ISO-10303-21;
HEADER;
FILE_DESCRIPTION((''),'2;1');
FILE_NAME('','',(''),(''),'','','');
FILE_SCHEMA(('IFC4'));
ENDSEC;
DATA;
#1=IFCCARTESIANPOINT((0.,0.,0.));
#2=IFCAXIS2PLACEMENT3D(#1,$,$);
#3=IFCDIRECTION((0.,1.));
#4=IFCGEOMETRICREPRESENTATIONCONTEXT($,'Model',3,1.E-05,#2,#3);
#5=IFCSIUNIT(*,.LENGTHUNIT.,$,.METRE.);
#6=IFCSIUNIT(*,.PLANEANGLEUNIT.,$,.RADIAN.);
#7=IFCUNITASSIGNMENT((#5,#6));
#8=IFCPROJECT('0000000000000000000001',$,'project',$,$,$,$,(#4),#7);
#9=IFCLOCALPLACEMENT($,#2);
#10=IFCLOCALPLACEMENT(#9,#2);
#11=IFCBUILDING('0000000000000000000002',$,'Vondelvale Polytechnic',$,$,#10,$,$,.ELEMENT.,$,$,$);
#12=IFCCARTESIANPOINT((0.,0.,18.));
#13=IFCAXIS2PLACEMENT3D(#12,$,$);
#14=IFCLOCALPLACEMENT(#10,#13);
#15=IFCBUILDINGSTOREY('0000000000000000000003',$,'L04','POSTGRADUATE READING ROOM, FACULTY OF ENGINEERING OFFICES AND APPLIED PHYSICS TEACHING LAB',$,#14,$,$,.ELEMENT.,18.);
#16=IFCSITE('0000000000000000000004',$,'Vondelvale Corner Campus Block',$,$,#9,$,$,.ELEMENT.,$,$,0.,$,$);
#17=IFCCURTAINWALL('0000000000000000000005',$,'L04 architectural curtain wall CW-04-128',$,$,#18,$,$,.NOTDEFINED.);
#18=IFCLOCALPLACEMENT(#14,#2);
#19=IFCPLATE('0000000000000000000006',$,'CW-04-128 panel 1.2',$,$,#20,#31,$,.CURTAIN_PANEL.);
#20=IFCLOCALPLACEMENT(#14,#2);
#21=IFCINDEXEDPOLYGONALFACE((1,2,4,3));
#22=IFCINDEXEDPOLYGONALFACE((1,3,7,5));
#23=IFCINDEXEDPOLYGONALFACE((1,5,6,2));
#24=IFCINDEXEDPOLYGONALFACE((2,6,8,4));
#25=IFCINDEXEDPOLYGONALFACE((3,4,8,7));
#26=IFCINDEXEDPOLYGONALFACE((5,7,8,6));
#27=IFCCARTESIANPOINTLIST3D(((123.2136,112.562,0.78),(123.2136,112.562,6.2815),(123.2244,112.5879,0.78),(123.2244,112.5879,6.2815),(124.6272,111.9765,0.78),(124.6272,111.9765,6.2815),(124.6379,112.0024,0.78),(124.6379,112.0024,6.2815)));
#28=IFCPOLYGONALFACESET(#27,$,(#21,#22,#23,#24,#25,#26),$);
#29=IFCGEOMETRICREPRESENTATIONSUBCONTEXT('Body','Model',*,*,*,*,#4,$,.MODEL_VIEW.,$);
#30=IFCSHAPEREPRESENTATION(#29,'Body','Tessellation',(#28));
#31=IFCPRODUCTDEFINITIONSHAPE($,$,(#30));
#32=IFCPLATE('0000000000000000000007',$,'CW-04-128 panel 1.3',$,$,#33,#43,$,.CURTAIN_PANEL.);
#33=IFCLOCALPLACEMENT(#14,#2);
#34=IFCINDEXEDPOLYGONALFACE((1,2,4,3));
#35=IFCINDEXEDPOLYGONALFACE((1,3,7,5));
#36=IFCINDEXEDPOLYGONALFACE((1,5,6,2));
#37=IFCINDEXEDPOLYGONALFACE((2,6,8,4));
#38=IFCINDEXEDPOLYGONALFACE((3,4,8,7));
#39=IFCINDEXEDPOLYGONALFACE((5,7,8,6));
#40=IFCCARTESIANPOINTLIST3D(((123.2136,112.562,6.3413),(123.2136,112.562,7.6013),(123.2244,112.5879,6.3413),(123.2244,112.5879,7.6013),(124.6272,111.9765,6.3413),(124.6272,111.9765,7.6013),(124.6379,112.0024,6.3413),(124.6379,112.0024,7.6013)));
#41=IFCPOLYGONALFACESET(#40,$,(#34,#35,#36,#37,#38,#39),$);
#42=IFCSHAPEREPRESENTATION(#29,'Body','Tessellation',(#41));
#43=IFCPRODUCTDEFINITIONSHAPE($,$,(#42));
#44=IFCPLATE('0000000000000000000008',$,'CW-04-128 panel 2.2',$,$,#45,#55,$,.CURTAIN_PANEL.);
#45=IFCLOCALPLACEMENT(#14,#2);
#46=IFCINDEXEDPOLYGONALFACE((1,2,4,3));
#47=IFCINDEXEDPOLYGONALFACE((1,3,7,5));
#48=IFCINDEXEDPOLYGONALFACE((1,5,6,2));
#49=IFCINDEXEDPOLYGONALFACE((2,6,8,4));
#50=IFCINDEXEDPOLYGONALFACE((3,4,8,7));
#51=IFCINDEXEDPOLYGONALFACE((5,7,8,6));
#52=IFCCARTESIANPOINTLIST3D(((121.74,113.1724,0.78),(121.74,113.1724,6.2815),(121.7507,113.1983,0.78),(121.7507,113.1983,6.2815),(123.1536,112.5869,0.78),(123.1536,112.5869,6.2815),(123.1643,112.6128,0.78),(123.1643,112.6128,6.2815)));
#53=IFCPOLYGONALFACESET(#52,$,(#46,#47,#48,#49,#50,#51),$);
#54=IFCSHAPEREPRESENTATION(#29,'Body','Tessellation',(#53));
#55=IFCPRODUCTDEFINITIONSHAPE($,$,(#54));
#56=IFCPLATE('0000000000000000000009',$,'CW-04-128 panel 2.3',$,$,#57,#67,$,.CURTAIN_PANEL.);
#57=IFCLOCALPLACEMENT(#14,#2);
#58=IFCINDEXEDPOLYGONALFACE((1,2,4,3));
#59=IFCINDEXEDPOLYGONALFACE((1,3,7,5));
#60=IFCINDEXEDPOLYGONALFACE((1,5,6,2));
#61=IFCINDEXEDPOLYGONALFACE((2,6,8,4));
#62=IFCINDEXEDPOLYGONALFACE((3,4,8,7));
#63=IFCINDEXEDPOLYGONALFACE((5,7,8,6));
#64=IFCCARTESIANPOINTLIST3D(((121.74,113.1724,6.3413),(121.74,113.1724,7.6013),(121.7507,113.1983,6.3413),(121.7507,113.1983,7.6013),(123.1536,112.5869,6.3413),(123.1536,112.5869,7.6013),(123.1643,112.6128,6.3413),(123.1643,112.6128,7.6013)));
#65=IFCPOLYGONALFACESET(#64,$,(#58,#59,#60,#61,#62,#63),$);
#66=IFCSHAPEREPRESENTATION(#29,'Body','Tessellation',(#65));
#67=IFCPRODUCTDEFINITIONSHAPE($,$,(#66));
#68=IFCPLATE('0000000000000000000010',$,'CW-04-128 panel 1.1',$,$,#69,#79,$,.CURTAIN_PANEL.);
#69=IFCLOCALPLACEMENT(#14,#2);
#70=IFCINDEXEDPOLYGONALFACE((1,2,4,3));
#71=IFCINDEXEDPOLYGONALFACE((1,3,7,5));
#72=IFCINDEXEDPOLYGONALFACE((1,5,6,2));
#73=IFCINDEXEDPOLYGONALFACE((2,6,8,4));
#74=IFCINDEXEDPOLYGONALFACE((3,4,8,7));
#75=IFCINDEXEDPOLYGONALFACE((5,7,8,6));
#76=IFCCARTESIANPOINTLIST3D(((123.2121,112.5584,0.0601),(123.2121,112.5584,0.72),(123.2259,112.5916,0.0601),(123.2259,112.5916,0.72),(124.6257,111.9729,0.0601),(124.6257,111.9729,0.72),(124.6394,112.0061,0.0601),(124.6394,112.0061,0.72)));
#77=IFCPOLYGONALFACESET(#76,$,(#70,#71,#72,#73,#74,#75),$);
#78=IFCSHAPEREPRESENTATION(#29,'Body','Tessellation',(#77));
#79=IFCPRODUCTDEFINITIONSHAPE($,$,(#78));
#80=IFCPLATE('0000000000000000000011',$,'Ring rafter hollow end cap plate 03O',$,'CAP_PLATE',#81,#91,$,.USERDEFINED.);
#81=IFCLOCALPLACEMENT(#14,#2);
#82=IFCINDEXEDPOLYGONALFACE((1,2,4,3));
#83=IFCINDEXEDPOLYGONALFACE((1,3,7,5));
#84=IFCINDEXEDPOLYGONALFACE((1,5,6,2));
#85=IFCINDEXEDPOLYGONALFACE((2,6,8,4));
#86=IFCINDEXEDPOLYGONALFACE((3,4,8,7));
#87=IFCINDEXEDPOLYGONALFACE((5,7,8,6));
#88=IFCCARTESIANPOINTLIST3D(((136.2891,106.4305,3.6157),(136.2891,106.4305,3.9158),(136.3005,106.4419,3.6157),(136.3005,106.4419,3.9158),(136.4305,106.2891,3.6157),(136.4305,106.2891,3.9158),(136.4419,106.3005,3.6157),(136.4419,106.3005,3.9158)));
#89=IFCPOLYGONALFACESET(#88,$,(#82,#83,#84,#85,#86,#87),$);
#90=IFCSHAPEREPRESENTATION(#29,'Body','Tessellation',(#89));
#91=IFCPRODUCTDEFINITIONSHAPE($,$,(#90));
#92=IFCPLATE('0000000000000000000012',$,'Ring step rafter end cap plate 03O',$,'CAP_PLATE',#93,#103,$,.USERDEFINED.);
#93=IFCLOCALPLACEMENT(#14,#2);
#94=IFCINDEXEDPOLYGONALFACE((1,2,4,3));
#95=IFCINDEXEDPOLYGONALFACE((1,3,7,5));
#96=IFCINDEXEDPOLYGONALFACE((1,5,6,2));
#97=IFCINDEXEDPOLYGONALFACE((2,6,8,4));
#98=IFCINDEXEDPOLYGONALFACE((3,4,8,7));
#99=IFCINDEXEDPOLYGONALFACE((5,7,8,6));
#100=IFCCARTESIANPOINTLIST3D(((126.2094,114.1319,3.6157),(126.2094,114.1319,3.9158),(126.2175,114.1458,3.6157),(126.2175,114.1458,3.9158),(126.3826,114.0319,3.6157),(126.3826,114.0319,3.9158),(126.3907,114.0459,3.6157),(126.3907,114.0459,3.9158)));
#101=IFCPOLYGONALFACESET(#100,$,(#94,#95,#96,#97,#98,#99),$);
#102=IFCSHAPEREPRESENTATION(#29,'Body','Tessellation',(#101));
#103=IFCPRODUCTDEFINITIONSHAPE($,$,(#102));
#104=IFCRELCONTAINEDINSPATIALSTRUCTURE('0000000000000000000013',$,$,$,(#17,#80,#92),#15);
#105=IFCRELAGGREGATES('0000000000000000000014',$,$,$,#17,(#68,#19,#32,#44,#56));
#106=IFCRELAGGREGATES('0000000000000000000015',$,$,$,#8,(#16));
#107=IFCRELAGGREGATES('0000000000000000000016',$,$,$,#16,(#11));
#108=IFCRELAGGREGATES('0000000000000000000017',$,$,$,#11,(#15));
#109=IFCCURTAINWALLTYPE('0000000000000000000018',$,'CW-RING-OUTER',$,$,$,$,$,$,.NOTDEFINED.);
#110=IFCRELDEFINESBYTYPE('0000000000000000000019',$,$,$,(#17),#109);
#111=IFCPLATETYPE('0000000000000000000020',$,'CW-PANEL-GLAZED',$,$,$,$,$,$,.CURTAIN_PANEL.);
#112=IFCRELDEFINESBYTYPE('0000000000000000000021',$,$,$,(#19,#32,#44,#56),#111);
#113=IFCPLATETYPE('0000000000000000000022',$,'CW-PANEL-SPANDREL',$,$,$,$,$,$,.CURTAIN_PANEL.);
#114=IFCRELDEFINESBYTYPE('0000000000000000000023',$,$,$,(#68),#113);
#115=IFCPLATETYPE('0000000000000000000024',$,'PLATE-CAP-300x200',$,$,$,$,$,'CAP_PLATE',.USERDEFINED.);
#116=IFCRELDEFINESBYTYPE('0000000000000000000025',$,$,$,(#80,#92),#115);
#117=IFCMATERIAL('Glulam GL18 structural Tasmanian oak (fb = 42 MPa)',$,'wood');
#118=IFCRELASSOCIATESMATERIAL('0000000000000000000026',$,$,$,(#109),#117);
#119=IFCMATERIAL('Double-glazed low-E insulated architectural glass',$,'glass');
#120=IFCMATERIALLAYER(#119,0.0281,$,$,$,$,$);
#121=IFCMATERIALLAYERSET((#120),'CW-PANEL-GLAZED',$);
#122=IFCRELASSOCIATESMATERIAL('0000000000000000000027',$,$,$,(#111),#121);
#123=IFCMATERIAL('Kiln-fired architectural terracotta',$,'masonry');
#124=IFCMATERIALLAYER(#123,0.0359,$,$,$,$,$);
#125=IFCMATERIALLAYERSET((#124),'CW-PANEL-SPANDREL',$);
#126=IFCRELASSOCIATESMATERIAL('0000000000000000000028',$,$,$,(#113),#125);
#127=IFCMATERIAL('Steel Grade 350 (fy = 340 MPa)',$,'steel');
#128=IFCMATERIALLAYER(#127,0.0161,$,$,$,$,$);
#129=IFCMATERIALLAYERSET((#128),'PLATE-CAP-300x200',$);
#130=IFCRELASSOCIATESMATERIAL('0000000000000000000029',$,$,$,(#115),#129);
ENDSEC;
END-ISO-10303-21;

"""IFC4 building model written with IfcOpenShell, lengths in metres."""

from ifc_helpers import new_model, si_unit, direction, frame, origin, origin_2d, place, context, subcontext, project, spatial, rectangle, extrude, material, layer, layer_set, type_object, element, aggregate, save


model = new_model("IFC4")

# Units and contexts
model_context = context("Model", 3, precision=1e-05, world=origin(), true_north=direction((0.0, 1.0)))
body_context = subcontext(model_context, "Body", "Model", "MODEL_VIEW")
ifc_project = project(units=[si_unit("LENGTHUNIT", "METRE"), si_unit("PLANEANGLEUNIT", "RADIAN")], contexts=[model_context])

# Site, building, storey
site_placement = place(None, origin())
site = spatial("IfcSite", under=ifc_project, at=site_placement, Name="Vondelvale Corner Campus Block", CompositionType="ELEMENT", RefElevation=0.0)
building_placement = place(site_placement, origin())
building = spatial("IfcBuilding", under=site, at=building_placement, Name="Vondelvale Polytechnic", CompositionType="ELEMENT")
storey_placement = place(building_placement, frame((0.0, 0.0, 18.0)))
storey = spatial("IfcBuildingStorey", under=building, at=storey_placement, Name="L04", Description="POSTGRADUATE READING ROOM, FACULTY OF ENGINEERING OFFICES AND APPLIED PHYSICS TEACHING LAB", CompositionType="ELEMENT", Elevation=18.0)

# Curtain wall
ifc_material_1 = material(Name="Glulam GL18 structural Tasmanian oak (fb = 42 MPa)", Category="wood")
curtain_wall_type = type_object("IfcCurtainWallType", Name="CW-RING-OUTER", PredefinedType="NOTDEFINED", material=ifc_material_1)
curtain_wall_placement = place(storey_placement, origin())
curtain_wall = element("IfcCurtainWall", 1, at=curtain_wall_placement, inside=storey, type_object=curtain_wall_type, Name="L04 architectural curtain wall CW-04-128", PredefinedType="NOTDEFINED")

# Plates
ifc_material_2 = material(Name="Double-glazed low-E insulated architectural glass", Category="glass")
ifc_layer_1 = layer(ifc_material_2, 0.0281)
ifc_layer_set_1 = layer_set([ifc_layer_1], Name="CW-PANEL-GLAZED")
plate_type_1 = type_object("IfcPlateType", Name="CW-PANEL-GLAZED", PredefinedType="CURTAIN_PANEL", material=ifc_layer_set_1)
plate_1_placement = place(storey_placement, frame((123.9258, 112.2822, 0.78), z_axis=(0.0, 0.0, 1.0), x_axis=(-0.923882, 0.382677, 0.0)))
plate_1 = element("IfcPlate", 2, at=plate_1_placement, type_object=plate_type_1, Name="CW-04-128 panel 1.2", PredefinedType="CURTAIN_PANEL", context=body_context, shape_type="SweptSolid", body=[
    extrude(rectangle(XDim=1.53, YDim=0.0281, at=origin_2d()), origin(), (0.0, 0.0, 1.0), 5.5015),
])
plate_2_placement = place(storey_placement, frame((123.9258, 112.2822, 6.3413), z_axis=(0.0, 0.0, 1.0), x_axis=(-0.923882, 0.382677, 0.0)))
plate_2 = element("IfcPlate", 3, at=plate_2_placement, type_object=plate_type_1, Name="CW-04-128 panel 1.3", PredefinedType="CURTAIN_PANEL", context=body_context, shape_type="SweptSolid", body=[
    extrude(rectangle(XDim=1.53, YDim=0.0281, at=origin_2d()), origin(), (0.0, 0.0, 1.0), 1.26),
])
plate_3_placement = place(storey_placement, frame((122.4521, 112.8926, 0.78), z_axis=(0.0, 0.0, 1.0), x_axis=(-0.923882, 0.382677, 0.0)))
plate_3 = element("IfcPlate", 4, at=plate_3_placement, type_object=plate_type_1, Name="CW-04-128 panel 2.2", PredefinedType="CURTAIN_PANEL", context=body_context, shape_type="SweptSolid", body=[
    extrude(rectangle(XDim=1.53, YDim=0.0281, at=origin_2d()), origin(), (0.0, 0.0, 1.0), 5.5015),
])
plate_4_placement = place(storey_placement, frame((122.4521, 112.8926, 6.3413), z_axis=(0.0, 0.0, 1.0), x_axis=(-0.923882, 0.382677, 0.0)))
plate_4 = element("IfcPlate", 5, at=plate_4_placement, type_object=plate_type_1, Name="CW-04-128 panel 2.3", PredefinedType="CURTAIN_PANEL", context=body_context, shape_type="SweptSolid", body=[
    extrude(rectangle(XDim=1.53, YDim=0.0281, at=origin_2d()), origin(), (0.0, 0.0, 1.0), 1.26),
])
ifc_material_3 = material(Name="Kiln-fired architectural terracotta", Category="masonry")
ifc_layer_2 = layer(ifc_material_3, 0.0359)
ifc_layer_set_2 = layer_set([ifc_layer_2], Name="CW-PANEL-SPANDREL")
plate_type_2 = type_object("IfcPlateType", Name="CW-PANEL-SPANDREL", PredefinedType="CURTAIN_PANEL", material=ifc_layer_set_2)
plate_5_placement = place(storey_placement, frame((123.9258, 112.2822, 0.0601), z_axis=(0.0, 0.0, 1.0), x_axis=(-0.923882, 0.382677, 0.0)))
plate_5 = element("IfcPlate", 6, at=plate_5_placement, type_object=plate_type_2, Name="CW-04-128 panel 1.1", PredefinedType="CURTAIN_PANEL", context=body_context, shape_type="SweptSolid", body=[
    extrude(rectangle(XDim=1.53, YDim=0.0359, at=origin_2d()), origin(), (0.0, 0.0, 1.0), 0.6599),
])
aggregate(curtain_wall, [plate_5, plate_1, plate_2, plate_3, plate_4])

# Plates
ifc_material_4 = material(Name="Steel Grade 350 (fy = 340 MPa)", Category="steel")
ifc_layer_3 = layer(ifc_material_4, 0.0161)
ifc_layer_set_3 = layer_set([ifc_layer_3], Name="PLATE-CAP-300x200")
plate_type_3 = type_object("IfcPlateType", Name="PLATE-CAP-300x200", ElementType="CAP_PLATE", PredefinedType="USERDEFINED", material=ifc_layer_set_3)
for number, where, z_axis, x_axis, name in (
    (7, (136.3655, 106.3655, 3.6157), (0.0, 0.0, 1.0), (-0.707107, -0.707107, 0.0), "Ring rafter hollow end cap plate 03O"),
    (8, (126.3, 114.0889, 3.6157), (0.0, 0.0, 1.0), (-0.5, -0.866025, 0.0), "Ring step rafter end cap plate 03O"),
):
    element("IfcPlate", number, at=place(storey_placement, frame(where, z_axis=z_axis, x_axis=x_axis)), inside=storey, type_object=plate_type_3, Name=name, ObjectType="CAP_PLATE", PredefinedType="USERDEFINED", context=body_context, shape_type="SweptSolid", body=[
        extrude(rectangle(XDim=0.0161, YDim=0.2, at=origin_2d()), origin(), (0.0, 0.0, 1.0), 0.3),
    ])

save(model, "model.ifc")
